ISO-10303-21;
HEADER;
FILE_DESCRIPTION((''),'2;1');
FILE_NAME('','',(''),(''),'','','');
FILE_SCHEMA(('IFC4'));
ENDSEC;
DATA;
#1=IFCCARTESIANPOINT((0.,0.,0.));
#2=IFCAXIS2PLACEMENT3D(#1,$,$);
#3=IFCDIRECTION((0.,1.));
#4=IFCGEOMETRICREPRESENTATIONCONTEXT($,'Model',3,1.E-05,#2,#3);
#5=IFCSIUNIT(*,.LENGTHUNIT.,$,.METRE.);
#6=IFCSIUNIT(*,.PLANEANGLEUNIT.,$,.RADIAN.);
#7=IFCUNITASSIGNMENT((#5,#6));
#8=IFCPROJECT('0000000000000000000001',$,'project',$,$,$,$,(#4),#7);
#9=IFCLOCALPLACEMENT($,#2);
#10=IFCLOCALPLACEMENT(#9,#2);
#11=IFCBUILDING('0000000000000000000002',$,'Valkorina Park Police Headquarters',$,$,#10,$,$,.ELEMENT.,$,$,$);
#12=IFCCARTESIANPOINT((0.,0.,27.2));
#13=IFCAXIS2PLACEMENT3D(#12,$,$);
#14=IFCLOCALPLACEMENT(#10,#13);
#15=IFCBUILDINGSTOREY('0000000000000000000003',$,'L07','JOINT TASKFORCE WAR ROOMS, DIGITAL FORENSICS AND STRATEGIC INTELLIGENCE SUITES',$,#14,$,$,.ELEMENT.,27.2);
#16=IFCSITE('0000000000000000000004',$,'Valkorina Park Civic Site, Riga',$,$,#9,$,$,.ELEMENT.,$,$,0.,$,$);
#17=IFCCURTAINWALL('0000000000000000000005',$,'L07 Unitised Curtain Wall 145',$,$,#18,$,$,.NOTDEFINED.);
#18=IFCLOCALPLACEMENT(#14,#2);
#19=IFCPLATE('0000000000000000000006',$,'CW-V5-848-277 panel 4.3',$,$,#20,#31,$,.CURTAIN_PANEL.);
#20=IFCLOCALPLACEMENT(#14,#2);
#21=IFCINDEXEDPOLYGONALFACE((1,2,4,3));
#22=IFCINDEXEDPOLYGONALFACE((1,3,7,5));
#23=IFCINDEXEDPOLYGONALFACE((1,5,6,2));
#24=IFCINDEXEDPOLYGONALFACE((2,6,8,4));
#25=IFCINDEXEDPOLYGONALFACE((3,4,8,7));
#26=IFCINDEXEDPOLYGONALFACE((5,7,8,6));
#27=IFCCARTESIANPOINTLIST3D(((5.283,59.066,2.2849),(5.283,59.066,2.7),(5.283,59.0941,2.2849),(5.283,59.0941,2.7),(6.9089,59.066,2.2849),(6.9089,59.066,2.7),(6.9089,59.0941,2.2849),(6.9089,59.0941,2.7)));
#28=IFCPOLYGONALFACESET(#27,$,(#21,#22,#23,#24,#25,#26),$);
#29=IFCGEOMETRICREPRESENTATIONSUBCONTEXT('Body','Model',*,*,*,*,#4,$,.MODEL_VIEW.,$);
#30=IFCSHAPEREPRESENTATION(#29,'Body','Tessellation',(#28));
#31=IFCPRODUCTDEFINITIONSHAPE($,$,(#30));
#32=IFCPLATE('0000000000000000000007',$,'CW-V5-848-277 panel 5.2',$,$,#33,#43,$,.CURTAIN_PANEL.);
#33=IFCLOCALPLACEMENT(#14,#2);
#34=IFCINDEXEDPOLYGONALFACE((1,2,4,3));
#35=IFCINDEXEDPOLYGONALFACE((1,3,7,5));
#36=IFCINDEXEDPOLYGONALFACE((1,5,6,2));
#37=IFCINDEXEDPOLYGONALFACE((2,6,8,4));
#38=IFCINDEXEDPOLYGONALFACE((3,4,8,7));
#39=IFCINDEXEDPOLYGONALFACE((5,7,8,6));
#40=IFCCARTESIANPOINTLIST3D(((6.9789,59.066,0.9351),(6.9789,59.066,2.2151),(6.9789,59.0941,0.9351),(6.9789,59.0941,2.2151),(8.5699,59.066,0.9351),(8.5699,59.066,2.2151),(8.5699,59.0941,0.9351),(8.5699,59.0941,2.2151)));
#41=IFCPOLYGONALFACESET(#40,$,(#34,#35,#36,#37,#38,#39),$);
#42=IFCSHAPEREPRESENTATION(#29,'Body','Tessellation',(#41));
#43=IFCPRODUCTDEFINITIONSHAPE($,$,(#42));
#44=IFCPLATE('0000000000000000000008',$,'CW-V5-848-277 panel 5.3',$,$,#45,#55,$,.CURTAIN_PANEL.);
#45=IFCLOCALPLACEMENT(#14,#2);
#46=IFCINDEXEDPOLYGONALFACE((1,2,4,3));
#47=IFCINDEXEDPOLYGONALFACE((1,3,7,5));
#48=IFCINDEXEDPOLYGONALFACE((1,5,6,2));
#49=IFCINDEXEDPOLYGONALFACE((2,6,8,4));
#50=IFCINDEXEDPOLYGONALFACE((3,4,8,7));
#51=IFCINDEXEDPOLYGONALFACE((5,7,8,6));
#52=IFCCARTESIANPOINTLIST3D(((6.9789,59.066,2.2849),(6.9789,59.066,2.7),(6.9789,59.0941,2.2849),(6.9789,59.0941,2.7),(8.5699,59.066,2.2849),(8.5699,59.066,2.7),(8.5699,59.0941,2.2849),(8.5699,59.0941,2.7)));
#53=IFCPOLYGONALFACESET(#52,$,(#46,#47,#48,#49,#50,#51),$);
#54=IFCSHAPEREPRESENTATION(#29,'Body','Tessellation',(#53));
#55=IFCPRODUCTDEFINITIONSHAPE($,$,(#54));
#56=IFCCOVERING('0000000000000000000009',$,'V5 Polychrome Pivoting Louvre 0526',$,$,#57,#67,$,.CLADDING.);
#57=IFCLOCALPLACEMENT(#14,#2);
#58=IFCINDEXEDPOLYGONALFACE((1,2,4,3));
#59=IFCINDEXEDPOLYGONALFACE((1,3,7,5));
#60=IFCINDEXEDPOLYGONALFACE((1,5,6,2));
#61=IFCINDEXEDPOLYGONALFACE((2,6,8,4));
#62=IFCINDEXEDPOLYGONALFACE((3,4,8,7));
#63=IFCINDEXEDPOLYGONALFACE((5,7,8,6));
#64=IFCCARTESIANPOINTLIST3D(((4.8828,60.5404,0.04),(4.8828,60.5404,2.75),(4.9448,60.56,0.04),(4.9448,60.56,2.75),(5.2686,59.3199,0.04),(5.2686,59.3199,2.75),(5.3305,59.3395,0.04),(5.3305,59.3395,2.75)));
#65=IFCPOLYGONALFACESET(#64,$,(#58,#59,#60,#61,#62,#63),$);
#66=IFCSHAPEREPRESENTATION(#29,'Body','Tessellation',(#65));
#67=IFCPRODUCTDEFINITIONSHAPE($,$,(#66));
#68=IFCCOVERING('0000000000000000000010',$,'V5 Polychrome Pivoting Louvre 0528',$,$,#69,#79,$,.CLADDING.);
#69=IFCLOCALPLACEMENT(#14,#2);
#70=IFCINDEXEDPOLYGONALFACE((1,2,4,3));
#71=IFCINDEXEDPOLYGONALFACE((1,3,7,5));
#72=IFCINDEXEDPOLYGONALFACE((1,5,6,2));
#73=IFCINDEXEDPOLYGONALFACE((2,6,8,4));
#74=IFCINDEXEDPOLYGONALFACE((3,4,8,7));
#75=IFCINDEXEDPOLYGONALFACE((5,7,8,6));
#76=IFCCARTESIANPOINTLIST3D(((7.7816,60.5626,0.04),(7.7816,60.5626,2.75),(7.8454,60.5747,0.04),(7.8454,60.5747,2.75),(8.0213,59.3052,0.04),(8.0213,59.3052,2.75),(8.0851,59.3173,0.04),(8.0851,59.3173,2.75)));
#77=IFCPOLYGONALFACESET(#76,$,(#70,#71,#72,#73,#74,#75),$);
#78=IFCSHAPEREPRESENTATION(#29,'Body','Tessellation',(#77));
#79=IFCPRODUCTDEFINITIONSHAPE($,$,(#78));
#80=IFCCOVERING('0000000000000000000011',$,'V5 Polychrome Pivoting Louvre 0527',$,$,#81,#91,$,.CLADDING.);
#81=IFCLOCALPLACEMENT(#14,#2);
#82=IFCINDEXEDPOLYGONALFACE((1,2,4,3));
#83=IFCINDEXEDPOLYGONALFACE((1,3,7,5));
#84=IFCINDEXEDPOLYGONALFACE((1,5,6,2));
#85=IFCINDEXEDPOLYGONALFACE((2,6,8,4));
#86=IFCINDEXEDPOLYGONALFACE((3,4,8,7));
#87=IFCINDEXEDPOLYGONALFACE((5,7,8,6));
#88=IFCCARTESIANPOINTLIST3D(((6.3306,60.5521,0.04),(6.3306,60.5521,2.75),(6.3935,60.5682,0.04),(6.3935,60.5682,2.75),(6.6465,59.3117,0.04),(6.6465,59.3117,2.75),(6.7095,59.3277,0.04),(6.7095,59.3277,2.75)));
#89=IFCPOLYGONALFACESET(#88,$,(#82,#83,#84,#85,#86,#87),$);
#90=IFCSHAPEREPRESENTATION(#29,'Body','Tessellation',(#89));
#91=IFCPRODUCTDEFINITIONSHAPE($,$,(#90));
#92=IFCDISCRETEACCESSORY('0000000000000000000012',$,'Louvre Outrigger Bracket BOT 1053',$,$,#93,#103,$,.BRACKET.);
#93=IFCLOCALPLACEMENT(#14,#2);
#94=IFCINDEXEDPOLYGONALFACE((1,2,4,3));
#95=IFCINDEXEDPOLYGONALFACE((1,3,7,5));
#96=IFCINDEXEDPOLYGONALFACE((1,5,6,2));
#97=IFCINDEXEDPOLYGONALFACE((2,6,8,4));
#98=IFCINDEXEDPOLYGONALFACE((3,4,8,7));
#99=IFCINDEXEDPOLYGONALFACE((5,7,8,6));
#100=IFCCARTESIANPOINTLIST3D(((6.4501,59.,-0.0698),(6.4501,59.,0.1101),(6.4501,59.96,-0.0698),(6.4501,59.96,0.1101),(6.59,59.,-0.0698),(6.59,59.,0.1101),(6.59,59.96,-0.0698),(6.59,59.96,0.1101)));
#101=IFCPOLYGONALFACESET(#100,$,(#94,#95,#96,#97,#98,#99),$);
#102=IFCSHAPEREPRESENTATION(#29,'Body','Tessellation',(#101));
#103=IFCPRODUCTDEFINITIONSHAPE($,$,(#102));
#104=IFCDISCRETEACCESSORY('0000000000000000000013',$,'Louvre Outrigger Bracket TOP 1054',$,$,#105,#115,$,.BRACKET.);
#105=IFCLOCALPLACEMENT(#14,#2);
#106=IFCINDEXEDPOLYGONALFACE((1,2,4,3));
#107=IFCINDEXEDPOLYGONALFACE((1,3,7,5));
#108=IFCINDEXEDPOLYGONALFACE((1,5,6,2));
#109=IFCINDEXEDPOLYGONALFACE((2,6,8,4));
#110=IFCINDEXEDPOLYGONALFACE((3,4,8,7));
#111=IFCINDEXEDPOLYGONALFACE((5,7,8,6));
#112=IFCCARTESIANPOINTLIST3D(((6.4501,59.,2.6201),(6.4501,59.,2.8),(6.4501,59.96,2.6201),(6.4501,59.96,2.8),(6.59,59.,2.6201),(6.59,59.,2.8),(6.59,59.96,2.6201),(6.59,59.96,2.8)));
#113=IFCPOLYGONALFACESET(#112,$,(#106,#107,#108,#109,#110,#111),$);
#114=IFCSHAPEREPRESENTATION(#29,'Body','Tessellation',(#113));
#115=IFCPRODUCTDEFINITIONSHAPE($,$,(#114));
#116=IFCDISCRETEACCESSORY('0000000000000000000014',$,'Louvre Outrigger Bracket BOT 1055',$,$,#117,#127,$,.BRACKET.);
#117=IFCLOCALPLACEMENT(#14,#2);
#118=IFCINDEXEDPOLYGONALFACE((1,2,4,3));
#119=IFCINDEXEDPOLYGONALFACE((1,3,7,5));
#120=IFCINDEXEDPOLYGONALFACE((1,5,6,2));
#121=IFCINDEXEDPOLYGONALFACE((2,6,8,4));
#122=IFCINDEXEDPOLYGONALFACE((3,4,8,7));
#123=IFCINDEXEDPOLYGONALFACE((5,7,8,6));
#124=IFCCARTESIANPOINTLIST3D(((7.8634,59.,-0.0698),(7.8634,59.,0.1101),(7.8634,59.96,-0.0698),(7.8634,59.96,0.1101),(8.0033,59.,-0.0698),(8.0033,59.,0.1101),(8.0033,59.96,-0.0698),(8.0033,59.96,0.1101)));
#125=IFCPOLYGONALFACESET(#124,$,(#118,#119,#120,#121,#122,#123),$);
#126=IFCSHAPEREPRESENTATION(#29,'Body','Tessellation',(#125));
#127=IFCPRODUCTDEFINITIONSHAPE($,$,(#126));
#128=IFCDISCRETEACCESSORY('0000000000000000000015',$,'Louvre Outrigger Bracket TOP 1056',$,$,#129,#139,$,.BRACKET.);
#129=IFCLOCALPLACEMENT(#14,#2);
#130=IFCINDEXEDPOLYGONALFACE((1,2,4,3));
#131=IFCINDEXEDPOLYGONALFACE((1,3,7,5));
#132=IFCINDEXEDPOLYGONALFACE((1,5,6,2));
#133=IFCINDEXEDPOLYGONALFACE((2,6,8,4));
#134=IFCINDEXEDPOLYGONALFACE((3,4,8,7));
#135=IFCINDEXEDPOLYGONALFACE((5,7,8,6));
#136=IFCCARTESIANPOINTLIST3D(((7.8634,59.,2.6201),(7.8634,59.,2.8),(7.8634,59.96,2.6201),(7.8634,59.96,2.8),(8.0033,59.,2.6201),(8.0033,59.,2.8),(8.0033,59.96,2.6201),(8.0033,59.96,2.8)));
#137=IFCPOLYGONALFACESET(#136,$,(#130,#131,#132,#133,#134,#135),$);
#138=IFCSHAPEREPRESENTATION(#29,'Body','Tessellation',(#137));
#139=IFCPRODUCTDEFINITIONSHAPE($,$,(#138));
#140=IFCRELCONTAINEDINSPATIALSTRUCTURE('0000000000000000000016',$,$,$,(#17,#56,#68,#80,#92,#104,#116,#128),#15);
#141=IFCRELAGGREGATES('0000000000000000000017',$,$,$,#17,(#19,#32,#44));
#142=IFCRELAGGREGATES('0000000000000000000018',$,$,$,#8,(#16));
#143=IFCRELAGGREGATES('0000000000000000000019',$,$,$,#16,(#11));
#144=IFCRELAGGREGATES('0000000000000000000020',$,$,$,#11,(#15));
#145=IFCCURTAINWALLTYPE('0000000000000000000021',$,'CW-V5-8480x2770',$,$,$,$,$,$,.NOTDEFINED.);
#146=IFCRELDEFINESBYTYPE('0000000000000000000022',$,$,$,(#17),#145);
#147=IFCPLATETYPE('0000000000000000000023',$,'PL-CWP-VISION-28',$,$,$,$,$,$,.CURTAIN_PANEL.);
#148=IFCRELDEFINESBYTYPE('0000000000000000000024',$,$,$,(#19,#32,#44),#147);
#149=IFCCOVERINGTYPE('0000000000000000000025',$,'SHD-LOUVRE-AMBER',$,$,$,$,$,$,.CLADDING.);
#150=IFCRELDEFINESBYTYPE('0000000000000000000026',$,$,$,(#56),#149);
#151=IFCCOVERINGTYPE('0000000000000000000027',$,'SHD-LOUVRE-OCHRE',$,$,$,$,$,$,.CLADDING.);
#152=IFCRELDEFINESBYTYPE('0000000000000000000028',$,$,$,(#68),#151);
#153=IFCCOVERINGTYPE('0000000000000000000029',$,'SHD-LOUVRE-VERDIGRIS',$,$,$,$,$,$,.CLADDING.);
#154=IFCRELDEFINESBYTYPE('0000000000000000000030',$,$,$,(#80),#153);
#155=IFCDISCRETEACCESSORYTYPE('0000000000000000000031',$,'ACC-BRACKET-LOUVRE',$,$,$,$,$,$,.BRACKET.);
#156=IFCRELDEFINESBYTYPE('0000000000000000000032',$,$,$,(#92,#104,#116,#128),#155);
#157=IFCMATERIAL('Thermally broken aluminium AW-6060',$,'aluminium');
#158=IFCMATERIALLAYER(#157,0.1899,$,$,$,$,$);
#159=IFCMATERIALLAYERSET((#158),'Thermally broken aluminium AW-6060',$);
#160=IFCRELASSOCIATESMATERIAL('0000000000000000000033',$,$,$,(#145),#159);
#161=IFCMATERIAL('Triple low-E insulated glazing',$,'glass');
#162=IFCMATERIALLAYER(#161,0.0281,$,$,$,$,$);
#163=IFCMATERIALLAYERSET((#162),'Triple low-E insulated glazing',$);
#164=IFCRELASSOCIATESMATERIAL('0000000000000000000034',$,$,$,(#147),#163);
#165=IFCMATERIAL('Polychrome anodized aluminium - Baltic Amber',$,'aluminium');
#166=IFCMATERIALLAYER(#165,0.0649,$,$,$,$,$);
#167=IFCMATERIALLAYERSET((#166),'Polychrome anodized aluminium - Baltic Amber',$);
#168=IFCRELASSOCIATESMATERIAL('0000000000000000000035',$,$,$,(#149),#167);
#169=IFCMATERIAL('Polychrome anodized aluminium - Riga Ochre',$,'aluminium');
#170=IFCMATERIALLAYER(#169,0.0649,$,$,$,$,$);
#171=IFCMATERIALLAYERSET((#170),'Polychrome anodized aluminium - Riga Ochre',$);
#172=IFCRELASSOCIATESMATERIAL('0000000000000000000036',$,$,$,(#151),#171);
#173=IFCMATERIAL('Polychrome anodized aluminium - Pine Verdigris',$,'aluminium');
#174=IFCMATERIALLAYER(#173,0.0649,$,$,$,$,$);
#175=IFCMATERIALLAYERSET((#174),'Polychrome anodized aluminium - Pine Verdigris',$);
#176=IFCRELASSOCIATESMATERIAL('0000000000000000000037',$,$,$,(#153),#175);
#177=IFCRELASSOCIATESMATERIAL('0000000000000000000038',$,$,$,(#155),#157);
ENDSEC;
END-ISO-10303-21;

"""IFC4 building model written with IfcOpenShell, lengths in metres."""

from ifc_helpers import new_model, si_unit, direction, frame, origin, origin_2d, place, context, subcontext, project, spatial, rectangle, extrude, material, layer, layer_set, type_object, element, aggregate, save


model = new_model("IFC4")

# Units and contexts
model_context = context("Model", 3, precision=1e-05, world=origin(), true_north=direction((0.0, 1.0)))
body_context = subcontext(model_context, "Body", "Model", "MODEL_VIEW")
ifc_project = project(units=[si_unit("LENGTHUNIT", "METRE"), si_unit("PLANEANGLEUNIT", "RADIAN")], contexts=[model_context])

# Site, building, storey
site_placement = place(None, origin())
site = spatial("IfcSite", under=ifc_project, at=site_placement, Name="Valkorina Park Civic Site, Riga", CompositionType="ELEMENT", RefElevation=0.0)
building_placement = place(site_placement, origin())
building = spatial("IfcBuilding", under=site, at=building_placement, Name="Valkorina Park Police Headquarters", CompositionType="ELEMENT")
storey_placement = place(building_placement, frame((0.0, 0.0, 27.2)))
storey = spatial("IfcBuildingStorey", under=building, at=storey_placement, Name="L07", Description="JOINT TASKFORCE WAR ROOMS, DIGITAL FORENSICS AND STRATEGIC INTELLIGENCE SUITES", CompositionType="ELEMENT", Elevation=27.2)

# Curtain wall, plates
ifc_material_1 = material(Name="Thermally broken aluminium AW-6060", Category="aluminium")
ifc_layer_1 = layer(ifc_material_1, 0.1899)
ifc_layer_set_1 = layer_set([ifc_layer_1], Name="Thermally broken aluminium AW-6060")
curtain_wall_type = type_object("IfcCurtainWallType", Name="CW-V5-8480x2770", PredefinedType="NOTDEFINED", material=ifc_layer_set_1)
curtain_wall_placement = place(storey_placement, origin())
curtain_wall = element("IfcCurtainWall", 1, at=curtain_wall_placement, inside=storey, type_object=curtain_wall_type, Name="L07 Unitised Curtain Wall 145", PredefinedType="NOTDEFINED")
ifc_material_2 = material(Name="Triple low-E insulated glazing", Category="glass")
ifc_layer_2 = layer(ifc_material_2, 0.0281)
ifc_layer_set_2 = layer_set([ifc_layer_2], Name="Triple low-E insulated glazing")
plate_type_1 = type_object("IfcPlateType", Name="PL-CWP-VISION-28", PredefinedType="CURTAIN_PANEL", material=ifc_layer_set_2)
plate_1_placement = place(storey_placement, frame((6.0959, 59.0801, 2.2849), z_axis=(0.0, 0.0, 1.0), x_axis=(1.0, 0.0, 0.0)))
plate_1 = element("IfcPlate", 2, at=plate_1_placement, type_object=plate_type_1, Name="CW-V5-848-277 panel 4.3", PredefinedType="CURTAIN_PANEL", context=body_context, shape_type="SweptSolid", body=[
    extrude(rectangle(XDim=1.626, YDim=0.0281, at=origin_2d()), origin(), (0.0, 0.0, 1.0), 0.415),
])
plate_2_placement = place(storey_placement, frame((7.7744, 59.0801, 0.9351), z_axis=(0.0, 0.0, 1.0), x_axis=(1.0, 0.0, 0.0)))
plate_2 = element("IfcPlate", 3, at=plate_2_placement, type_object=plate_type_1, Name="CW-V5-848-277 panel 5.2", PredefinedType="CURTAIN_PANEL", context=body_context, shape_type="SweptSolid", body=[
    extrude(rectangle(XDim=1.5911, YDim=0.0281, at=origin_2d()), origin(), (0.0, 0.0, 1.0), 1.28),
])
plate_3_placement = place(storey_placement, frame((7.7744, 59.0801, 2.2849), z_axis=(0.0, 0.0, 1.0), x_axis=(1.0, 0.0, 0.0)))
plate_3 = element("IfcPlate", 4, at=plate_3_placement, type_object=plate_type_1, Name="CW-V5-848-277 panel 5.3", PredefinedType="CURTAIN_PANEL", context=body_context, shape_type="SweptSolid", body=[
    extrude(rectangle(XDim=1.5911, YDim=0.0281, at=origin_2d()), origin(), (0.0, 0.0, 1.0), 0.415),
])
aggregate(curtain_wall, [plate_1, plate_2, plate_3])

# Coverings
ifc_material_3 = material(Name="Polychrome anodized aluminium - Baltic Amber", Category="aluminium")
ifc_layer_3 = layer(ifc_material_3, 0.0649)
ifc_layer_set_3 = layer_set([ifc_layer_3], Name="Polychrome anodized aluminium - Baltic Amber")
covering_type_1 = type_object("IfcCoveringType", Name="SHD-LOUVRE-AMBER", PredefinedType="CLADDING", material=ifc_layer_set_3)
covering_1_placement = place(storey_placement, frame((5.1067, 59.9399, 0.04), z_axis=(0.0, 0.0, 1.0), x_axis=(-0.301372, 0.953507, 0.0)))
element("IfcCovering", 5, at=covering_1_placement, inside=storey, type_object=covering_type_1, Name="V5 Polychrome Pivoting Louvre 0526", PredefinedType="CLADDING", context=body_context, shape_type="SweptSolid", body=[
    extrude(rectangle(XDim=1.28, YDim=0.0649, at=origin_2d()), origin(), (0.0, 0.0, 1.0), 2.71),
])
ifc_material_4 = material(Name="Polychrome anodized aluminium - Riga Ochre", Category="aluminium")
ifc_layer_4 = layer(ifc_material_4, 0.0649)
ifc_layer_set_4 = layer_set([ifc_layer_4], Name="Polychrome anodized aluminium - Riga Ochre")
covering_type_2 = type_object("IfcCoveringType", Name="SHD-LOUVRE-OCHRE", PredefinedType="CLADDING", material=ifc_layer_set_4)
covering_2_placement = place(storey_placement, frame((7.9333, 59.9399, 0.04), z_axis=(0.0, 0.0, 1.0), x_axis=(-0.18721, 0.98232, 0.0)))
element("IfcCovering", 6, at=covering_2_placement, inside=storey, type_object=covering_type_2, Name="V5 Polychrome Pivoting Louvre 0528", PredefinedType="CLADDING", context=body_context, shape_type="SweptSolid", body=[
    extrude(rectangle(XDim=1.28, YDim=0.0649, at=origin_2d()), origin(), (0.0, 0.0, 1.0), 2.71),
])
ifc_material_5 = material(Name="Polychrome anodized aluminium - Pine Verdigris", Category="aluminium")
ifc_layer_5 = layer(ifc_material_5, 0.0649)
ifc_layer_set_5 = layer_set([ifc_layer_5], Name="Polychrome anodized aluminium - Pine Verdigris")
covering_type_3 = type_object("IfcCoveringType", Name="SHD-LOUVRE-VERDIGRIS", PredefinedType="CLADDING", material=ifc_layer_set_5)
covering_3_placement = place(storey_placement, frame((6.52, 59.9399, 0.04), z_axis=(0.0, 0.0, 1.0), x_axis=(-0.24683, 0.969059, 0.0)))
element("IfcCovering", 7, at=covering_3_placement, inside=storey, type_object=covering_type_3, Name="V5 Polychrome Pivoting Louvre 0527", PredefinedType="CLADDING", context=body_context, shape_type="SweptSolid", body=[
    extrude(rectangle(XDim=1.28, YDim=0.0649, at=origin_2d()), origin(), (0.0, 0.0, 1.0), 2.71),
])

# Discrete accessories
discrete_accessory_type = type_object("IfcDiscreteAccessoryType", Name="ACC-BRACKET-LOUVRE", PredefinedType="BRACKET", material=ifc_material_1)
for number, where, z_axis, x_axis, name in (
    (8, (6.52, 59.48, -0.0698), (0.0, 0.0, 1.0), (0.0, 1.0, 0.0), "Louvre Outrigger Bracket BOT 1053"),
    (9, (6.52, 59.48, 2.6201), (0.0, 0.0, 1.0), (0.0, 1.0, 0.0), "Louvre Outrigger Bracket TOP 1054"),
    (10, (7.9333, 59.48, -0.0698), (0.0, 0.0, 1.0), (0.0, 1.0, 0.0), "Louvre Outrigger Bracket BOT 1055"),
    (11, (7.9333, 59.48, 2.6201), (0.0, 0.0, 1.0), (0.0, 1.0, 0.0), "Louvre Outrigger Bracket TOP 1056"),
):
    element("IfcDiscreteAccessory", number, at=place(storey_placement, frame(where, z_axis=z_axis, x_axis=x_axis)), inside=storey, type_object=discrete_accessory_type, Name=name, PredefinedType="BRACKET", context=body_context, shape_type="SweptSolid", body=[
        extrude(rectangle(XDim=0.96, YDim=0.1399, at=origin_2d()), origin(), (0.0, 0.0, 1.0), 0.1799),
    ])

save(model, "model.ifc")
